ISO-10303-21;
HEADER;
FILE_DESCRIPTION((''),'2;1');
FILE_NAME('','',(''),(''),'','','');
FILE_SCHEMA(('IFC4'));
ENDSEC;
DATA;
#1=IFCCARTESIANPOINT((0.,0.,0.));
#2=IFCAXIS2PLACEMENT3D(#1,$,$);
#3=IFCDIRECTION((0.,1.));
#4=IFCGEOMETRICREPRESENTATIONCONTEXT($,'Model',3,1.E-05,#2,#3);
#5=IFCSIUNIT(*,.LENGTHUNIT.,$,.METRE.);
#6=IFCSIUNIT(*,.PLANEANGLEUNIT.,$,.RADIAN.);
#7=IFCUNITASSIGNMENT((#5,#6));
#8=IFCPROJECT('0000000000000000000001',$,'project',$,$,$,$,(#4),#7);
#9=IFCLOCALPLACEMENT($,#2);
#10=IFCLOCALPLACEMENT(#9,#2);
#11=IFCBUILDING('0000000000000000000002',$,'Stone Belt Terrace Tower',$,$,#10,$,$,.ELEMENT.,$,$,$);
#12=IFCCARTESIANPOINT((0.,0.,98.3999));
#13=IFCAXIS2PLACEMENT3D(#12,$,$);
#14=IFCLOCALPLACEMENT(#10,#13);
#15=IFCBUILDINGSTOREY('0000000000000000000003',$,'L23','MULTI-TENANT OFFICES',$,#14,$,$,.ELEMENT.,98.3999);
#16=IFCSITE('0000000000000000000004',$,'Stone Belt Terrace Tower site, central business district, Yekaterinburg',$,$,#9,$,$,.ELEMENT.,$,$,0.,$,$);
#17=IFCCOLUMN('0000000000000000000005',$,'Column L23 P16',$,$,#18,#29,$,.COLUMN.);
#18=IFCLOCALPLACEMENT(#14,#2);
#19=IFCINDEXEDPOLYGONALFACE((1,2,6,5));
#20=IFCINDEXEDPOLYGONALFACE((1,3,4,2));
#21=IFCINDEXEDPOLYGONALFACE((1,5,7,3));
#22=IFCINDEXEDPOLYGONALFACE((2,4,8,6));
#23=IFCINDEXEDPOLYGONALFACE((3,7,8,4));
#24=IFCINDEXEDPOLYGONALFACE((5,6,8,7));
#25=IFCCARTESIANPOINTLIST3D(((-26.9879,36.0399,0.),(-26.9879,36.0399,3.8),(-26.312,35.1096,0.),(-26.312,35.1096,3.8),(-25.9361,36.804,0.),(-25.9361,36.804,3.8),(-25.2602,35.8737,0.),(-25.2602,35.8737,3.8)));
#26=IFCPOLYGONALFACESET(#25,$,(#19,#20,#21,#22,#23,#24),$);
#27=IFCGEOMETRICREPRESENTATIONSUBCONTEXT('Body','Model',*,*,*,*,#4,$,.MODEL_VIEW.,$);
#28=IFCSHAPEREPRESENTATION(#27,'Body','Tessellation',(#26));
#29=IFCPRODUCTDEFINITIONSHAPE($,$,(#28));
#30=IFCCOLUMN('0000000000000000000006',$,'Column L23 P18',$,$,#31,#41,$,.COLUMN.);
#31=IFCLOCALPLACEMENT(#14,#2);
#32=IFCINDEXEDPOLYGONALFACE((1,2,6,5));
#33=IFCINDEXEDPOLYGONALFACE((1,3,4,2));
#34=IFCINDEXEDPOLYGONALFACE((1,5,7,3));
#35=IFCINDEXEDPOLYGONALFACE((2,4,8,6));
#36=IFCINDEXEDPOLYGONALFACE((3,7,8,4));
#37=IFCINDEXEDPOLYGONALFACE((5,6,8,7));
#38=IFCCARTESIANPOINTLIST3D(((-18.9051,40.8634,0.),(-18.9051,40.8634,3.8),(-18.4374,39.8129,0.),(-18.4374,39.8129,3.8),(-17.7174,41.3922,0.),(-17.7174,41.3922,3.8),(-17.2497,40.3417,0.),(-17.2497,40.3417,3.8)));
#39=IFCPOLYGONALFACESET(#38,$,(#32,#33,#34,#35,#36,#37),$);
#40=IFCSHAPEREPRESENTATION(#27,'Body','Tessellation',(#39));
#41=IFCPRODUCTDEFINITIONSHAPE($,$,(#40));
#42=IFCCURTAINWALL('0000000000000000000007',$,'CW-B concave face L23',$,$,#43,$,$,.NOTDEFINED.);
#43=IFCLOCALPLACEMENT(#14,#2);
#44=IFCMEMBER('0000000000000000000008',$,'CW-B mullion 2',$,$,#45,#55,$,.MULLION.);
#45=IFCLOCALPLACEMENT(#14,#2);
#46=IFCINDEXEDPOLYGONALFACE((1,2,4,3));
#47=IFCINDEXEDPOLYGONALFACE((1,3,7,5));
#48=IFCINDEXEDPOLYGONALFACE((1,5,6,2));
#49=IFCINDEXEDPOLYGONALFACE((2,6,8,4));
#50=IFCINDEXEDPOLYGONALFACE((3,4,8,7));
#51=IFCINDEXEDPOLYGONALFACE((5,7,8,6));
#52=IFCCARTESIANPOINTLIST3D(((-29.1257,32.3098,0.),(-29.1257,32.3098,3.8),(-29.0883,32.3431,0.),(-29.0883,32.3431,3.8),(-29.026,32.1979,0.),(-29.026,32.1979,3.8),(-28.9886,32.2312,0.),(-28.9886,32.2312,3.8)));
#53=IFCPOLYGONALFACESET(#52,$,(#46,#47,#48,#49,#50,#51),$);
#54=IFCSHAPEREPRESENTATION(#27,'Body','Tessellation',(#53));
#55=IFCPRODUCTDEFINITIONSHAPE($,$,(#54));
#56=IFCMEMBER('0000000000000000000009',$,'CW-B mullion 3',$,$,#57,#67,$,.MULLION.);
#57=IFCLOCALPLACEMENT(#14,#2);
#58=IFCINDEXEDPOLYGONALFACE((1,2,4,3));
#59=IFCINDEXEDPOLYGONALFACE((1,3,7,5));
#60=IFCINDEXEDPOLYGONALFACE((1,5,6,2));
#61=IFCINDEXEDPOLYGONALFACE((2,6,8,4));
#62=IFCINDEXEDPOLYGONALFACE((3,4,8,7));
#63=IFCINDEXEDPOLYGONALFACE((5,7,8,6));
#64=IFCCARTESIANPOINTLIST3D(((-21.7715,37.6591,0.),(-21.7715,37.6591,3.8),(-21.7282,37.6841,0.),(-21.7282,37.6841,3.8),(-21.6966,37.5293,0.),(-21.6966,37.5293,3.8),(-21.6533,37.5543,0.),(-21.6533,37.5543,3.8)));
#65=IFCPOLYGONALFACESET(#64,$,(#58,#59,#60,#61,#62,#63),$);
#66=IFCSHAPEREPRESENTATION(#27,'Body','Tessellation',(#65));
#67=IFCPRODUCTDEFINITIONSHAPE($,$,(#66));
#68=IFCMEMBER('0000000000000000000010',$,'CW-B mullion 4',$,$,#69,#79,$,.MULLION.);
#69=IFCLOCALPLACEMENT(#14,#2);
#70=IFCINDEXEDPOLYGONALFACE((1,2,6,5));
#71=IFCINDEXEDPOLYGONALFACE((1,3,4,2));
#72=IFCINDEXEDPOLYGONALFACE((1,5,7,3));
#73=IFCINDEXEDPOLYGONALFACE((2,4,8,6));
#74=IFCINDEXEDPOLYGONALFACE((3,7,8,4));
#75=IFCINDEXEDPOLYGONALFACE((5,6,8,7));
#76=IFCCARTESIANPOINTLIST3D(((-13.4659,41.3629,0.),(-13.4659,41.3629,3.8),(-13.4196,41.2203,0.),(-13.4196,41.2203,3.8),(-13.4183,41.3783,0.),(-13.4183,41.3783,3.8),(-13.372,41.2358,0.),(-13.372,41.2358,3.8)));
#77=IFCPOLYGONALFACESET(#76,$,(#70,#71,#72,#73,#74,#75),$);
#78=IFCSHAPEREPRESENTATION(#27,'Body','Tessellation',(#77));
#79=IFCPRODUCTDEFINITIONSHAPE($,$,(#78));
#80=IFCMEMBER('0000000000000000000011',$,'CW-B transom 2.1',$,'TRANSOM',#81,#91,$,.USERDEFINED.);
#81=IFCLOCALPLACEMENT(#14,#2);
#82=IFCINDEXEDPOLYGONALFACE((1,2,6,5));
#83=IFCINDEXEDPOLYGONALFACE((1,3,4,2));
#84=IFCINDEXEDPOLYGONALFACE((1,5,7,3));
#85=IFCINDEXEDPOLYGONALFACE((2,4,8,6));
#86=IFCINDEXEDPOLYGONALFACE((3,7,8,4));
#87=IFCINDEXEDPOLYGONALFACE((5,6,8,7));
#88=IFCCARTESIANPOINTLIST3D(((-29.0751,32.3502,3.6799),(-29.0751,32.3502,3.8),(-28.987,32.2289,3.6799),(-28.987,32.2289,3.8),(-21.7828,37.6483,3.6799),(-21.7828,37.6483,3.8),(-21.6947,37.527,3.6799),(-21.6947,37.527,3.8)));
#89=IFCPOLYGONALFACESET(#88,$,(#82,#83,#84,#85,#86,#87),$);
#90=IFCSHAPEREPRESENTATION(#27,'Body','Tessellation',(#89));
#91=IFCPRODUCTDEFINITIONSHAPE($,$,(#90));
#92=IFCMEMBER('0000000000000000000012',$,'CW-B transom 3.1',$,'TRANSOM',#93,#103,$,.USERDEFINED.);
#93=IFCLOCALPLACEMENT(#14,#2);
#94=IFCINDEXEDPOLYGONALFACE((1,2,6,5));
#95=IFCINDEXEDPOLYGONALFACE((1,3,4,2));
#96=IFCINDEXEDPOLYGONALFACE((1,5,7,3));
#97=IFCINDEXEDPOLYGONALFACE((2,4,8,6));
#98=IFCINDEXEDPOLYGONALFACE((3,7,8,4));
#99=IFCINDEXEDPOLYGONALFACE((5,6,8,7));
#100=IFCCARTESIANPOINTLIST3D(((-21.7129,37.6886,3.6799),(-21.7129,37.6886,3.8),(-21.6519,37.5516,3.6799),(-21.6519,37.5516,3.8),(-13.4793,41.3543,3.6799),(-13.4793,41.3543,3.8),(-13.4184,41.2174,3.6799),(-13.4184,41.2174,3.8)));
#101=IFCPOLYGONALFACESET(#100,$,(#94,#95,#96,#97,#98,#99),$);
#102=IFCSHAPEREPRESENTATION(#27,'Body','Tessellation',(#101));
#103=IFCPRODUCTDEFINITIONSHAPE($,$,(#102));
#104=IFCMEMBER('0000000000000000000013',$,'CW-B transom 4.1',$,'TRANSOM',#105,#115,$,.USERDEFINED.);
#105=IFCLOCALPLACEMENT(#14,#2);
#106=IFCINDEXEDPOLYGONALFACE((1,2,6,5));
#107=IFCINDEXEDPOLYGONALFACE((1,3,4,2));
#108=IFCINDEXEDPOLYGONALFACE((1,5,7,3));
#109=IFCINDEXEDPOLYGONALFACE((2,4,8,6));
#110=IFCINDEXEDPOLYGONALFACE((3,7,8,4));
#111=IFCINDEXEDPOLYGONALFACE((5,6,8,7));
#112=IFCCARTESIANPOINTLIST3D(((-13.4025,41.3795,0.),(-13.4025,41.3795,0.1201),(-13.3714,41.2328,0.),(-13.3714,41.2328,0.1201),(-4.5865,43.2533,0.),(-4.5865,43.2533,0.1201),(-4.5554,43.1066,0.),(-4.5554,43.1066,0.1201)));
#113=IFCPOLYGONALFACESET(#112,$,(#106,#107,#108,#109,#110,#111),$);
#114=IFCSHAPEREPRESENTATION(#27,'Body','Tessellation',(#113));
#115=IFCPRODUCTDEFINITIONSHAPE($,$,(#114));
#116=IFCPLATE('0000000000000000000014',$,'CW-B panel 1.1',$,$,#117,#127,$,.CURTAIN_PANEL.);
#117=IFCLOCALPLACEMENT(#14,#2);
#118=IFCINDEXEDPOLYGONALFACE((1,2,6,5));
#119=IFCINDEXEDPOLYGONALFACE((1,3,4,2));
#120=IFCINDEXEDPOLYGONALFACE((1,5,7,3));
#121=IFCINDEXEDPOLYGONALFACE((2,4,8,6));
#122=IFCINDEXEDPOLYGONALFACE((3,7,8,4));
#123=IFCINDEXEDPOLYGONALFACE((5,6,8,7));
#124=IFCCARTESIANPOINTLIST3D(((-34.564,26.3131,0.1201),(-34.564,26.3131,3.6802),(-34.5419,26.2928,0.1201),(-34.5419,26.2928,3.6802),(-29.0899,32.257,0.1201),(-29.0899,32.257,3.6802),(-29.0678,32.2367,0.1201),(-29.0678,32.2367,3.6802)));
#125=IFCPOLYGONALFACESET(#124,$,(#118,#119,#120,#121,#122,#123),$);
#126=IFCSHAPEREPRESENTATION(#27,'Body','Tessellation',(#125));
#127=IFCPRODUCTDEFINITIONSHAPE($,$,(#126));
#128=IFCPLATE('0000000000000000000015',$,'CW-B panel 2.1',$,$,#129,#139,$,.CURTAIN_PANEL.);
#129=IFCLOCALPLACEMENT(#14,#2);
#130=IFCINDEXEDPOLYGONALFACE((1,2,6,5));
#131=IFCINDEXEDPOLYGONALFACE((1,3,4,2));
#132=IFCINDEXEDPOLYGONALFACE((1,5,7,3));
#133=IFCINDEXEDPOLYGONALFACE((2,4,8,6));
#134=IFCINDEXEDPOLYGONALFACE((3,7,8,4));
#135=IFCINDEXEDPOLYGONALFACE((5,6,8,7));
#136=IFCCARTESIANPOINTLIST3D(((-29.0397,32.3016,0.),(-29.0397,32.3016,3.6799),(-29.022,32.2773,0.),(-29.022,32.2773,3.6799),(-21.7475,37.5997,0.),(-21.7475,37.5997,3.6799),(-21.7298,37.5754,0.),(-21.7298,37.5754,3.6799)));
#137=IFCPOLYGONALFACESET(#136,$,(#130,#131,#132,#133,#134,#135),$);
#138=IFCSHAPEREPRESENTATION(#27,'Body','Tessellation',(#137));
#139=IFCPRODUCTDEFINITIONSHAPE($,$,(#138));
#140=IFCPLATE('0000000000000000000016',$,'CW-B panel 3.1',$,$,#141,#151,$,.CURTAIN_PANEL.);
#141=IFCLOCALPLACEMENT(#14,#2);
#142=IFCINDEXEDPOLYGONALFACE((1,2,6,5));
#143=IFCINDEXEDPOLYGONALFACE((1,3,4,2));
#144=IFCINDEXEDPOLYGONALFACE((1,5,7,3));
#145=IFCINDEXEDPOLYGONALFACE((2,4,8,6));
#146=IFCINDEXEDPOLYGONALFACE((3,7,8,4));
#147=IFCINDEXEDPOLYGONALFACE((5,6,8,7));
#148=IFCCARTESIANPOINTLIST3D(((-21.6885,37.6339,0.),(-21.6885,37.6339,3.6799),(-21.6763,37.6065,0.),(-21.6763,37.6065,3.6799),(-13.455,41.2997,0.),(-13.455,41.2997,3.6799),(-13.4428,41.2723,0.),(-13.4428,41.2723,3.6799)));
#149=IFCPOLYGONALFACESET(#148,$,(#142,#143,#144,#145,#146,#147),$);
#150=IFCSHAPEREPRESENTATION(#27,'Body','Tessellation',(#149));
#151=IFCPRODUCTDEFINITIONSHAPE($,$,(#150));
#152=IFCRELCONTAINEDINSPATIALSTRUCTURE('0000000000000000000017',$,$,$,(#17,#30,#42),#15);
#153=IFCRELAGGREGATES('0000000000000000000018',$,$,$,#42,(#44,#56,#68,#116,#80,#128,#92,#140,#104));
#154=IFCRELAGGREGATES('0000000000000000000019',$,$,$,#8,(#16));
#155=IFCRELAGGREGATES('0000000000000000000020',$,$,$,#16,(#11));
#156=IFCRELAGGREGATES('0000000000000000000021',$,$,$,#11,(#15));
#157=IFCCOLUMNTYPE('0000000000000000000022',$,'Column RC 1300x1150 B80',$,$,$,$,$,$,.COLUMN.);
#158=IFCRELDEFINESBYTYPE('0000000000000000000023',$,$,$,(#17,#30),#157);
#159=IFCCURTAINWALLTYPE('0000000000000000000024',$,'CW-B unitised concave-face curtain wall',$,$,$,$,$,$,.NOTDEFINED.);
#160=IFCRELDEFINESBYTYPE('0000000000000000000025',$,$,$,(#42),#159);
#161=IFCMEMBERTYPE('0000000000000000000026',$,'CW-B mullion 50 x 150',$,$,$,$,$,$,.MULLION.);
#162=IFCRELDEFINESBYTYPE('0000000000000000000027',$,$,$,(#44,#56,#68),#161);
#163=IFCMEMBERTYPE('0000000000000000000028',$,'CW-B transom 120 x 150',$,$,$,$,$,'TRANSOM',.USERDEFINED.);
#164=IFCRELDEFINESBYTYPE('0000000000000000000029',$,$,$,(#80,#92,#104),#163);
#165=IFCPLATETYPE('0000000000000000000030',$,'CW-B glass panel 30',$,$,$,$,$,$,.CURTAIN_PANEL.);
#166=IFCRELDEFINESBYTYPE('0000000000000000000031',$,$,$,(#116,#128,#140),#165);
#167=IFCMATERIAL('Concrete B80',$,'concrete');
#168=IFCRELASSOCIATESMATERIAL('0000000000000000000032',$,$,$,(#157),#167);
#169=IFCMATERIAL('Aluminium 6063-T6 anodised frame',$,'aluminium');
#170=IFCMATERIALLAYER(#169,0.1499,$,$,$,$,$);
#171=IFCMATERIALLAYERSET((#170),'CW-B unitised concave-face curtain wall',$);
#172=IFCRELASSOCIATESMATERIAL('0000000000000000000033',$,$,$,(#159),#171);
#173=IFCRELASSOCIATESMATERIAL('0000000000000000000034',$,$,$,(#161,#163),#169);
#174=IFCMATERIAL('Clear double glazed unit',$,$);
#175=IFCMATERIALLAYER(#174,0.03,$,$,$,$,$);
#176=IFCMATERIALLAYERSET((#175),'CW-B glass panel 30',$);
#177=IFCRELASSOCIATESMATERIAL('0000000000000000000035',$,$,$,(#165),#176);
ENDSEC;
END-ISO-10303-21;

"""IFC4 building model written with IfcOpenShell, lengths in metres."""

from ifc_helpers import new_model, si_unit, direction, frame, origin, origin_2d, place, context, subcontext, project, spatial, rectangle, extrude, material, layer, layer_set, material_profile, profile_set, type_object, element, aggregate, save


model = new_model("IFC4")

# Units and contexts
model_context = context("Model", 3, precision=1e-05, world=origin(), true_north=direction((0.0, 1.0)))
body_context = subcontext(model_context, "Body", "Model", "MODEL_VIEW")
ifc_project = project(units=[si_unit("LENGTHUNIT", "METRE"), si_unit("PLANEANGLEUNIT", "RADIAN")], contexts=[model_context])

# Site, building, storey
site_placement = place(None, origin())
site = spatial("IfcSite", under=ifc_project, at=site_placement, Name="Stone Belt Terrace Tower site, central business district, Yekaterinburg", CompositionType="ELEMENT", RefElevation=0.0)
building_placement = place(site_placement, origin())
building = spatial("IfcBuilding", under=site, at=building_placement, Name="Stone Belt Terrace Tower", CompositionType="ELEMENT")
storey_placement = place(building_placement, frame((0.0, 0.0, 98.3999)))
storey = spatial("IfcBuildingStorey", under=building, at=storey_placement, Name="L23", Description="MULTI-TENANT OFFICES", CompositionType="ELEMENT", Elevation=98.3999)

# Columns
ifc_material_1 = material(Name="Concrete B80", Category="concrete")
ifc_material_profile_1 = material_profile(ifc_material_1, rectangle(XDim=1.3, YDim=1.1499, at=origin_2d()), Name="RC 1300x1150")
ifc_profile_set_1 = profile_set([ifc_material_profile_1], Name="Concrete B80")
column_type = type_object("IfcColumnType", Name="Column RC 1300x1150 B80", PredefinedType="COLUMN", material=ifc_profile_set_1)
for number, where, z_axis, x_axis, name in (
    (1, (-26.124, 35.9568, 0.0), (0.0, 0.0, 1.0), (0.809017, 0.587785, 0.0), "Column L23 P16"),
    (2, (-18.0774, 40.6025, 0.0), (0.0, 0.0, 1.0), (0.913545, 0.406737, 0.0), "Column L23 P18"),
):
    element("IfcColumn", number, at=place(storey_placement, frame(where, z_axis=z_axis, x_axis=x_axis)), inside=storey, type_object=column_type, Name=name, PredefinedType="COLUMN", context=body_context, shape_type="SweptSolid", body=[
        extrude(rectangle(XDim=1.3, YDim=1.1499, at=origin_2d()), origin(), (0.0, 0.0, 1.0), 3.8),
    ])

# Curtain wall, members, plates
ifc_material_2 = material(Name="Aluminium 6063-T6 anodised frame", Category="aluminium")
ifc_layer_1 = layer(ifc_material_2, 0.1499)
ifc_layer_set_1 = layer_set([ifc_layer_1], Name="CW-B unitised concave-face curtain wall")
curtain_wall_type = type_object("IfcCurtainWallType", Name="CW-B unitised concave-face curtain wall", PredefinedType="NOTDEFINED", material=ifc_layer_set_1)
curtain_wall_placement = place(storey_placement, origin())
curtain_wall = element("IfcCurtainWall", 3, at=curtain_wall_placement, inside=storey, type_object=curtain_wall_type, Name="CW-B concave face L23", PredefinedType="NOTDEFINED")
ifc_material_profile_2 = material_profile(ifc_material_2, rectangle(XDim=0.1499, YDim=0.05, at=origin_2d()), Name="Aluminium 6063-T6 50x150")
ifc_profile_set_2 = profile_set([ifc_material_profile_2], Name="Aluminium 6063-T6 anodised frame")
member_type_1 = type_object("IfcMemberType", Name="CW-B mullion 50 x 150", PredefinedType="MULLION", material=ifc_profile_set_2)
member_1_placement = place(storey_placement, frame((-29.0571, 32.2705, 0.0), z_axis=(0.0, 0.0, 1.0), x_axis=(-0.664944, 0.746893, 0.0)))
member_1 = element("IfcMember", 4, at=member_1_placement, type_object=member_type_1, Name="CW-B mullion 2", PredefinedType="MULLION", context=body_context, shape_type="SweptSolid", body=[
    extrude(rectangle(XDim=0.1499, YDim=0.05, at=origin_2d()), origin(), (0.0, 0.0, 1.0), 3.8),
])
member_2_placement = place(storey_placement, frame((-21.7124, 37.6067, 0.0), z_axis=(0.0, 0.0, 1.0), x_axis=(-0.5, 0.866025, 0.0)))
member_2 = element("IfcMember", 5, at=member_2_placement, type_object=member_type_1, Name="CW-B mullion 3", PredefinedType="MULLION", context=body_context, shape_type="SweptSolid", body=[
    extrude(rectangle(XDim=0.1499, YDim=0.05, at=origin_2d()), origin(), (0.0, 0.0, 1.0), 3.8),
])
member_3_placement = place(storey_placement, frame((-13.4189, 41.2993, 0.0), z_axis=(0.0, 0.0, 1.0), x_axis=(-0.309017, 0.951057, 0.0)))
member_3 = element("IfcMember", 6, at=member_3_placement, type_object=member_type_1, Name="CW-B mullion 4", PredefinedType="MULLION", context=body_context, shape_type="SweptSolid", body=[
    extrude(rectangle(XDim=0.1499, YDim=0.05, at=origin_2d()), origin(), (0.0, 0.0, 1.0), 3.8),
])
ifc_material_profile_3 = material_profile(ifc_material_2, rectangle(XDim=0.1499, YDim=0.1201, at=origin_2d()), Name="Aluminium 6063-T6 150x120")
ifc_profile_set_3 = profile_set([ifc_material_profile_3], Name="Aluminium 6063-T6 anodised frame")
member_type_2 = type_object("IfcMemberType", Name="CW-B transom 120 x 150", ElementType="TRANSOM", PredefinedType="USERDEFINED", material=ifc_profile_set_3)
member_4_placement = place(storey_placement, frame((-29.031, 32.2896, 3.74), z_axis=(0.809018, 0.587784, 0.0), x_axis=(-0.587784, 0.809018, 0.0)))
member_4 = element("IfcMember", 7, at=member_4_placement, type_object=member_type_2, Name="CW-B transom 2.1", ObjectType="TRANSOM", PredefinedType="USERDEFINED", context=body_context, shape_type="SweptSolid", body=[
    extrude(rectangle(XDim=0.1499, YDim=0.1201, at=origin_2d()), origin(), (0.0, 0.0, 1.0), 9.0137),
])
member_5_placement = place(storey_placement, frame((-21.6824, 37.6201, 3.74), z_axis=(0.913549, 0.406729, 0.0), x_axis=(-0.406729, 0.913549, 0.0)))
member_5 = element("IfcMember", 8, at=member_5_placement, type_object=member_type_2, Name="CW-B transom 3.1", ObjectType="TRANSOM", PredefinedType="USERDEFINED", context=body_context, shape_type="SweptSolid", body=[
    extrude(rectangle(XDim=0.1499, YDim=0.1201, at=origin_2d()), origin(), (0.0, 0.0, 1.0), 9.0127),
])
member_6_placement = place(storey_placement, frame((-13.387, 41.3062, 0.0601), z_axis=(0.97815, 0.207901, 0.0), x_axis=(-0.207901, 0.97815, 0.0)))
member_6 = element("IfcMember", 9, at=member_6_placement, type_object=member_type_2, Name="CW-B transom 4.1", ObjectType="TRANSOM", PredefinedType="USERDEFINED", context=body_context, shape_type="SweptSolid", body=[
    extrude(rectangle(XDim=0.1499, YDim=0.1201, at=origin_2d()), origin(), (0.0, 0.0, 1.0), 9.0129),
])
ifc_material_3 = material(Name="Clear double glazed unit")
ifc_layer_2 = layer(ifc_material_3, 0.03)
ifc_layer_set_2 = layer_set([ifc_layer_2], Name="CW-B glass panel 30")
plate_type = type_object("IfcPlateType", Name="CW-B glass panel 30", PredefinedType="CURTAIN_PANEL", material=ifc_layer_set_2)
plate_1_placement = place(storey_placement, frame((-31.8159, 29.2749, 0.1201), z_axis=(0.0, 0.0, 1.0), x_axis=(0.67744, 0.735578, 0.0)))
plate_1 = element("IfcPlate", 10, at=plate_1_placement, type_object=plate_type, Name="CW-B panel 1.1", PredefinedType="CURTAIN_PANEL", context=body_context, shape_type="SweptSolid", body=[
    extrude(rectangle(XDim=8.0806, YDim=0.03, at=origin_2d()), origin(), (0.0, 0.0, 1.0), 3.5601),
])
plate_2_placement = place(storey_placement, frame((-25.3848, 34.9385, 0.0), z_axis=(0.0, 0.0, 1.0), x_axis=(0.809017, 0.587785, 0.0)))
plate_2 = element("IfcPlate", 11, at=plate_2_placement, type_object=plate_type, Name="CW-B panel 2.1", PredefinedType="CURTAIN_PANEL", context=body_context, shape_type="SweptSolid", body=[
    extrude(rectangle(XDim=9.0137, YDim=0.03, at=origin_2d()), origin(), (0.0, 0.0, 1.0), 3.6799),
])
plate_3_placement = place(storey_placement, frame((-17.5657, 39.4531, 0.0), z_axis=(0.0, 0.0, 1.0), x_axis=(0.913545, 0.406737, 0.0)))
plate_3 = element("IfcPlate", 12, at=plate_3_placement, type_object=plate_type, Name="CW-B panel 3.1", PredefinedType="CURTAIN_PANEL", context=body_context, shape_type="SweptSolid", body=[
    extrude(rectangle(XDim=9.0127, YDim=0.03, at=origin_2d()), origin(), (0.0, 0.0, 1.0), 3.6799),
])
aggregate(curtain_wall, [member_1, member_2, member_3, plate_1, member_4, plate_2, member_5, plate_3, member_6])

save(model, "model.ifc")
